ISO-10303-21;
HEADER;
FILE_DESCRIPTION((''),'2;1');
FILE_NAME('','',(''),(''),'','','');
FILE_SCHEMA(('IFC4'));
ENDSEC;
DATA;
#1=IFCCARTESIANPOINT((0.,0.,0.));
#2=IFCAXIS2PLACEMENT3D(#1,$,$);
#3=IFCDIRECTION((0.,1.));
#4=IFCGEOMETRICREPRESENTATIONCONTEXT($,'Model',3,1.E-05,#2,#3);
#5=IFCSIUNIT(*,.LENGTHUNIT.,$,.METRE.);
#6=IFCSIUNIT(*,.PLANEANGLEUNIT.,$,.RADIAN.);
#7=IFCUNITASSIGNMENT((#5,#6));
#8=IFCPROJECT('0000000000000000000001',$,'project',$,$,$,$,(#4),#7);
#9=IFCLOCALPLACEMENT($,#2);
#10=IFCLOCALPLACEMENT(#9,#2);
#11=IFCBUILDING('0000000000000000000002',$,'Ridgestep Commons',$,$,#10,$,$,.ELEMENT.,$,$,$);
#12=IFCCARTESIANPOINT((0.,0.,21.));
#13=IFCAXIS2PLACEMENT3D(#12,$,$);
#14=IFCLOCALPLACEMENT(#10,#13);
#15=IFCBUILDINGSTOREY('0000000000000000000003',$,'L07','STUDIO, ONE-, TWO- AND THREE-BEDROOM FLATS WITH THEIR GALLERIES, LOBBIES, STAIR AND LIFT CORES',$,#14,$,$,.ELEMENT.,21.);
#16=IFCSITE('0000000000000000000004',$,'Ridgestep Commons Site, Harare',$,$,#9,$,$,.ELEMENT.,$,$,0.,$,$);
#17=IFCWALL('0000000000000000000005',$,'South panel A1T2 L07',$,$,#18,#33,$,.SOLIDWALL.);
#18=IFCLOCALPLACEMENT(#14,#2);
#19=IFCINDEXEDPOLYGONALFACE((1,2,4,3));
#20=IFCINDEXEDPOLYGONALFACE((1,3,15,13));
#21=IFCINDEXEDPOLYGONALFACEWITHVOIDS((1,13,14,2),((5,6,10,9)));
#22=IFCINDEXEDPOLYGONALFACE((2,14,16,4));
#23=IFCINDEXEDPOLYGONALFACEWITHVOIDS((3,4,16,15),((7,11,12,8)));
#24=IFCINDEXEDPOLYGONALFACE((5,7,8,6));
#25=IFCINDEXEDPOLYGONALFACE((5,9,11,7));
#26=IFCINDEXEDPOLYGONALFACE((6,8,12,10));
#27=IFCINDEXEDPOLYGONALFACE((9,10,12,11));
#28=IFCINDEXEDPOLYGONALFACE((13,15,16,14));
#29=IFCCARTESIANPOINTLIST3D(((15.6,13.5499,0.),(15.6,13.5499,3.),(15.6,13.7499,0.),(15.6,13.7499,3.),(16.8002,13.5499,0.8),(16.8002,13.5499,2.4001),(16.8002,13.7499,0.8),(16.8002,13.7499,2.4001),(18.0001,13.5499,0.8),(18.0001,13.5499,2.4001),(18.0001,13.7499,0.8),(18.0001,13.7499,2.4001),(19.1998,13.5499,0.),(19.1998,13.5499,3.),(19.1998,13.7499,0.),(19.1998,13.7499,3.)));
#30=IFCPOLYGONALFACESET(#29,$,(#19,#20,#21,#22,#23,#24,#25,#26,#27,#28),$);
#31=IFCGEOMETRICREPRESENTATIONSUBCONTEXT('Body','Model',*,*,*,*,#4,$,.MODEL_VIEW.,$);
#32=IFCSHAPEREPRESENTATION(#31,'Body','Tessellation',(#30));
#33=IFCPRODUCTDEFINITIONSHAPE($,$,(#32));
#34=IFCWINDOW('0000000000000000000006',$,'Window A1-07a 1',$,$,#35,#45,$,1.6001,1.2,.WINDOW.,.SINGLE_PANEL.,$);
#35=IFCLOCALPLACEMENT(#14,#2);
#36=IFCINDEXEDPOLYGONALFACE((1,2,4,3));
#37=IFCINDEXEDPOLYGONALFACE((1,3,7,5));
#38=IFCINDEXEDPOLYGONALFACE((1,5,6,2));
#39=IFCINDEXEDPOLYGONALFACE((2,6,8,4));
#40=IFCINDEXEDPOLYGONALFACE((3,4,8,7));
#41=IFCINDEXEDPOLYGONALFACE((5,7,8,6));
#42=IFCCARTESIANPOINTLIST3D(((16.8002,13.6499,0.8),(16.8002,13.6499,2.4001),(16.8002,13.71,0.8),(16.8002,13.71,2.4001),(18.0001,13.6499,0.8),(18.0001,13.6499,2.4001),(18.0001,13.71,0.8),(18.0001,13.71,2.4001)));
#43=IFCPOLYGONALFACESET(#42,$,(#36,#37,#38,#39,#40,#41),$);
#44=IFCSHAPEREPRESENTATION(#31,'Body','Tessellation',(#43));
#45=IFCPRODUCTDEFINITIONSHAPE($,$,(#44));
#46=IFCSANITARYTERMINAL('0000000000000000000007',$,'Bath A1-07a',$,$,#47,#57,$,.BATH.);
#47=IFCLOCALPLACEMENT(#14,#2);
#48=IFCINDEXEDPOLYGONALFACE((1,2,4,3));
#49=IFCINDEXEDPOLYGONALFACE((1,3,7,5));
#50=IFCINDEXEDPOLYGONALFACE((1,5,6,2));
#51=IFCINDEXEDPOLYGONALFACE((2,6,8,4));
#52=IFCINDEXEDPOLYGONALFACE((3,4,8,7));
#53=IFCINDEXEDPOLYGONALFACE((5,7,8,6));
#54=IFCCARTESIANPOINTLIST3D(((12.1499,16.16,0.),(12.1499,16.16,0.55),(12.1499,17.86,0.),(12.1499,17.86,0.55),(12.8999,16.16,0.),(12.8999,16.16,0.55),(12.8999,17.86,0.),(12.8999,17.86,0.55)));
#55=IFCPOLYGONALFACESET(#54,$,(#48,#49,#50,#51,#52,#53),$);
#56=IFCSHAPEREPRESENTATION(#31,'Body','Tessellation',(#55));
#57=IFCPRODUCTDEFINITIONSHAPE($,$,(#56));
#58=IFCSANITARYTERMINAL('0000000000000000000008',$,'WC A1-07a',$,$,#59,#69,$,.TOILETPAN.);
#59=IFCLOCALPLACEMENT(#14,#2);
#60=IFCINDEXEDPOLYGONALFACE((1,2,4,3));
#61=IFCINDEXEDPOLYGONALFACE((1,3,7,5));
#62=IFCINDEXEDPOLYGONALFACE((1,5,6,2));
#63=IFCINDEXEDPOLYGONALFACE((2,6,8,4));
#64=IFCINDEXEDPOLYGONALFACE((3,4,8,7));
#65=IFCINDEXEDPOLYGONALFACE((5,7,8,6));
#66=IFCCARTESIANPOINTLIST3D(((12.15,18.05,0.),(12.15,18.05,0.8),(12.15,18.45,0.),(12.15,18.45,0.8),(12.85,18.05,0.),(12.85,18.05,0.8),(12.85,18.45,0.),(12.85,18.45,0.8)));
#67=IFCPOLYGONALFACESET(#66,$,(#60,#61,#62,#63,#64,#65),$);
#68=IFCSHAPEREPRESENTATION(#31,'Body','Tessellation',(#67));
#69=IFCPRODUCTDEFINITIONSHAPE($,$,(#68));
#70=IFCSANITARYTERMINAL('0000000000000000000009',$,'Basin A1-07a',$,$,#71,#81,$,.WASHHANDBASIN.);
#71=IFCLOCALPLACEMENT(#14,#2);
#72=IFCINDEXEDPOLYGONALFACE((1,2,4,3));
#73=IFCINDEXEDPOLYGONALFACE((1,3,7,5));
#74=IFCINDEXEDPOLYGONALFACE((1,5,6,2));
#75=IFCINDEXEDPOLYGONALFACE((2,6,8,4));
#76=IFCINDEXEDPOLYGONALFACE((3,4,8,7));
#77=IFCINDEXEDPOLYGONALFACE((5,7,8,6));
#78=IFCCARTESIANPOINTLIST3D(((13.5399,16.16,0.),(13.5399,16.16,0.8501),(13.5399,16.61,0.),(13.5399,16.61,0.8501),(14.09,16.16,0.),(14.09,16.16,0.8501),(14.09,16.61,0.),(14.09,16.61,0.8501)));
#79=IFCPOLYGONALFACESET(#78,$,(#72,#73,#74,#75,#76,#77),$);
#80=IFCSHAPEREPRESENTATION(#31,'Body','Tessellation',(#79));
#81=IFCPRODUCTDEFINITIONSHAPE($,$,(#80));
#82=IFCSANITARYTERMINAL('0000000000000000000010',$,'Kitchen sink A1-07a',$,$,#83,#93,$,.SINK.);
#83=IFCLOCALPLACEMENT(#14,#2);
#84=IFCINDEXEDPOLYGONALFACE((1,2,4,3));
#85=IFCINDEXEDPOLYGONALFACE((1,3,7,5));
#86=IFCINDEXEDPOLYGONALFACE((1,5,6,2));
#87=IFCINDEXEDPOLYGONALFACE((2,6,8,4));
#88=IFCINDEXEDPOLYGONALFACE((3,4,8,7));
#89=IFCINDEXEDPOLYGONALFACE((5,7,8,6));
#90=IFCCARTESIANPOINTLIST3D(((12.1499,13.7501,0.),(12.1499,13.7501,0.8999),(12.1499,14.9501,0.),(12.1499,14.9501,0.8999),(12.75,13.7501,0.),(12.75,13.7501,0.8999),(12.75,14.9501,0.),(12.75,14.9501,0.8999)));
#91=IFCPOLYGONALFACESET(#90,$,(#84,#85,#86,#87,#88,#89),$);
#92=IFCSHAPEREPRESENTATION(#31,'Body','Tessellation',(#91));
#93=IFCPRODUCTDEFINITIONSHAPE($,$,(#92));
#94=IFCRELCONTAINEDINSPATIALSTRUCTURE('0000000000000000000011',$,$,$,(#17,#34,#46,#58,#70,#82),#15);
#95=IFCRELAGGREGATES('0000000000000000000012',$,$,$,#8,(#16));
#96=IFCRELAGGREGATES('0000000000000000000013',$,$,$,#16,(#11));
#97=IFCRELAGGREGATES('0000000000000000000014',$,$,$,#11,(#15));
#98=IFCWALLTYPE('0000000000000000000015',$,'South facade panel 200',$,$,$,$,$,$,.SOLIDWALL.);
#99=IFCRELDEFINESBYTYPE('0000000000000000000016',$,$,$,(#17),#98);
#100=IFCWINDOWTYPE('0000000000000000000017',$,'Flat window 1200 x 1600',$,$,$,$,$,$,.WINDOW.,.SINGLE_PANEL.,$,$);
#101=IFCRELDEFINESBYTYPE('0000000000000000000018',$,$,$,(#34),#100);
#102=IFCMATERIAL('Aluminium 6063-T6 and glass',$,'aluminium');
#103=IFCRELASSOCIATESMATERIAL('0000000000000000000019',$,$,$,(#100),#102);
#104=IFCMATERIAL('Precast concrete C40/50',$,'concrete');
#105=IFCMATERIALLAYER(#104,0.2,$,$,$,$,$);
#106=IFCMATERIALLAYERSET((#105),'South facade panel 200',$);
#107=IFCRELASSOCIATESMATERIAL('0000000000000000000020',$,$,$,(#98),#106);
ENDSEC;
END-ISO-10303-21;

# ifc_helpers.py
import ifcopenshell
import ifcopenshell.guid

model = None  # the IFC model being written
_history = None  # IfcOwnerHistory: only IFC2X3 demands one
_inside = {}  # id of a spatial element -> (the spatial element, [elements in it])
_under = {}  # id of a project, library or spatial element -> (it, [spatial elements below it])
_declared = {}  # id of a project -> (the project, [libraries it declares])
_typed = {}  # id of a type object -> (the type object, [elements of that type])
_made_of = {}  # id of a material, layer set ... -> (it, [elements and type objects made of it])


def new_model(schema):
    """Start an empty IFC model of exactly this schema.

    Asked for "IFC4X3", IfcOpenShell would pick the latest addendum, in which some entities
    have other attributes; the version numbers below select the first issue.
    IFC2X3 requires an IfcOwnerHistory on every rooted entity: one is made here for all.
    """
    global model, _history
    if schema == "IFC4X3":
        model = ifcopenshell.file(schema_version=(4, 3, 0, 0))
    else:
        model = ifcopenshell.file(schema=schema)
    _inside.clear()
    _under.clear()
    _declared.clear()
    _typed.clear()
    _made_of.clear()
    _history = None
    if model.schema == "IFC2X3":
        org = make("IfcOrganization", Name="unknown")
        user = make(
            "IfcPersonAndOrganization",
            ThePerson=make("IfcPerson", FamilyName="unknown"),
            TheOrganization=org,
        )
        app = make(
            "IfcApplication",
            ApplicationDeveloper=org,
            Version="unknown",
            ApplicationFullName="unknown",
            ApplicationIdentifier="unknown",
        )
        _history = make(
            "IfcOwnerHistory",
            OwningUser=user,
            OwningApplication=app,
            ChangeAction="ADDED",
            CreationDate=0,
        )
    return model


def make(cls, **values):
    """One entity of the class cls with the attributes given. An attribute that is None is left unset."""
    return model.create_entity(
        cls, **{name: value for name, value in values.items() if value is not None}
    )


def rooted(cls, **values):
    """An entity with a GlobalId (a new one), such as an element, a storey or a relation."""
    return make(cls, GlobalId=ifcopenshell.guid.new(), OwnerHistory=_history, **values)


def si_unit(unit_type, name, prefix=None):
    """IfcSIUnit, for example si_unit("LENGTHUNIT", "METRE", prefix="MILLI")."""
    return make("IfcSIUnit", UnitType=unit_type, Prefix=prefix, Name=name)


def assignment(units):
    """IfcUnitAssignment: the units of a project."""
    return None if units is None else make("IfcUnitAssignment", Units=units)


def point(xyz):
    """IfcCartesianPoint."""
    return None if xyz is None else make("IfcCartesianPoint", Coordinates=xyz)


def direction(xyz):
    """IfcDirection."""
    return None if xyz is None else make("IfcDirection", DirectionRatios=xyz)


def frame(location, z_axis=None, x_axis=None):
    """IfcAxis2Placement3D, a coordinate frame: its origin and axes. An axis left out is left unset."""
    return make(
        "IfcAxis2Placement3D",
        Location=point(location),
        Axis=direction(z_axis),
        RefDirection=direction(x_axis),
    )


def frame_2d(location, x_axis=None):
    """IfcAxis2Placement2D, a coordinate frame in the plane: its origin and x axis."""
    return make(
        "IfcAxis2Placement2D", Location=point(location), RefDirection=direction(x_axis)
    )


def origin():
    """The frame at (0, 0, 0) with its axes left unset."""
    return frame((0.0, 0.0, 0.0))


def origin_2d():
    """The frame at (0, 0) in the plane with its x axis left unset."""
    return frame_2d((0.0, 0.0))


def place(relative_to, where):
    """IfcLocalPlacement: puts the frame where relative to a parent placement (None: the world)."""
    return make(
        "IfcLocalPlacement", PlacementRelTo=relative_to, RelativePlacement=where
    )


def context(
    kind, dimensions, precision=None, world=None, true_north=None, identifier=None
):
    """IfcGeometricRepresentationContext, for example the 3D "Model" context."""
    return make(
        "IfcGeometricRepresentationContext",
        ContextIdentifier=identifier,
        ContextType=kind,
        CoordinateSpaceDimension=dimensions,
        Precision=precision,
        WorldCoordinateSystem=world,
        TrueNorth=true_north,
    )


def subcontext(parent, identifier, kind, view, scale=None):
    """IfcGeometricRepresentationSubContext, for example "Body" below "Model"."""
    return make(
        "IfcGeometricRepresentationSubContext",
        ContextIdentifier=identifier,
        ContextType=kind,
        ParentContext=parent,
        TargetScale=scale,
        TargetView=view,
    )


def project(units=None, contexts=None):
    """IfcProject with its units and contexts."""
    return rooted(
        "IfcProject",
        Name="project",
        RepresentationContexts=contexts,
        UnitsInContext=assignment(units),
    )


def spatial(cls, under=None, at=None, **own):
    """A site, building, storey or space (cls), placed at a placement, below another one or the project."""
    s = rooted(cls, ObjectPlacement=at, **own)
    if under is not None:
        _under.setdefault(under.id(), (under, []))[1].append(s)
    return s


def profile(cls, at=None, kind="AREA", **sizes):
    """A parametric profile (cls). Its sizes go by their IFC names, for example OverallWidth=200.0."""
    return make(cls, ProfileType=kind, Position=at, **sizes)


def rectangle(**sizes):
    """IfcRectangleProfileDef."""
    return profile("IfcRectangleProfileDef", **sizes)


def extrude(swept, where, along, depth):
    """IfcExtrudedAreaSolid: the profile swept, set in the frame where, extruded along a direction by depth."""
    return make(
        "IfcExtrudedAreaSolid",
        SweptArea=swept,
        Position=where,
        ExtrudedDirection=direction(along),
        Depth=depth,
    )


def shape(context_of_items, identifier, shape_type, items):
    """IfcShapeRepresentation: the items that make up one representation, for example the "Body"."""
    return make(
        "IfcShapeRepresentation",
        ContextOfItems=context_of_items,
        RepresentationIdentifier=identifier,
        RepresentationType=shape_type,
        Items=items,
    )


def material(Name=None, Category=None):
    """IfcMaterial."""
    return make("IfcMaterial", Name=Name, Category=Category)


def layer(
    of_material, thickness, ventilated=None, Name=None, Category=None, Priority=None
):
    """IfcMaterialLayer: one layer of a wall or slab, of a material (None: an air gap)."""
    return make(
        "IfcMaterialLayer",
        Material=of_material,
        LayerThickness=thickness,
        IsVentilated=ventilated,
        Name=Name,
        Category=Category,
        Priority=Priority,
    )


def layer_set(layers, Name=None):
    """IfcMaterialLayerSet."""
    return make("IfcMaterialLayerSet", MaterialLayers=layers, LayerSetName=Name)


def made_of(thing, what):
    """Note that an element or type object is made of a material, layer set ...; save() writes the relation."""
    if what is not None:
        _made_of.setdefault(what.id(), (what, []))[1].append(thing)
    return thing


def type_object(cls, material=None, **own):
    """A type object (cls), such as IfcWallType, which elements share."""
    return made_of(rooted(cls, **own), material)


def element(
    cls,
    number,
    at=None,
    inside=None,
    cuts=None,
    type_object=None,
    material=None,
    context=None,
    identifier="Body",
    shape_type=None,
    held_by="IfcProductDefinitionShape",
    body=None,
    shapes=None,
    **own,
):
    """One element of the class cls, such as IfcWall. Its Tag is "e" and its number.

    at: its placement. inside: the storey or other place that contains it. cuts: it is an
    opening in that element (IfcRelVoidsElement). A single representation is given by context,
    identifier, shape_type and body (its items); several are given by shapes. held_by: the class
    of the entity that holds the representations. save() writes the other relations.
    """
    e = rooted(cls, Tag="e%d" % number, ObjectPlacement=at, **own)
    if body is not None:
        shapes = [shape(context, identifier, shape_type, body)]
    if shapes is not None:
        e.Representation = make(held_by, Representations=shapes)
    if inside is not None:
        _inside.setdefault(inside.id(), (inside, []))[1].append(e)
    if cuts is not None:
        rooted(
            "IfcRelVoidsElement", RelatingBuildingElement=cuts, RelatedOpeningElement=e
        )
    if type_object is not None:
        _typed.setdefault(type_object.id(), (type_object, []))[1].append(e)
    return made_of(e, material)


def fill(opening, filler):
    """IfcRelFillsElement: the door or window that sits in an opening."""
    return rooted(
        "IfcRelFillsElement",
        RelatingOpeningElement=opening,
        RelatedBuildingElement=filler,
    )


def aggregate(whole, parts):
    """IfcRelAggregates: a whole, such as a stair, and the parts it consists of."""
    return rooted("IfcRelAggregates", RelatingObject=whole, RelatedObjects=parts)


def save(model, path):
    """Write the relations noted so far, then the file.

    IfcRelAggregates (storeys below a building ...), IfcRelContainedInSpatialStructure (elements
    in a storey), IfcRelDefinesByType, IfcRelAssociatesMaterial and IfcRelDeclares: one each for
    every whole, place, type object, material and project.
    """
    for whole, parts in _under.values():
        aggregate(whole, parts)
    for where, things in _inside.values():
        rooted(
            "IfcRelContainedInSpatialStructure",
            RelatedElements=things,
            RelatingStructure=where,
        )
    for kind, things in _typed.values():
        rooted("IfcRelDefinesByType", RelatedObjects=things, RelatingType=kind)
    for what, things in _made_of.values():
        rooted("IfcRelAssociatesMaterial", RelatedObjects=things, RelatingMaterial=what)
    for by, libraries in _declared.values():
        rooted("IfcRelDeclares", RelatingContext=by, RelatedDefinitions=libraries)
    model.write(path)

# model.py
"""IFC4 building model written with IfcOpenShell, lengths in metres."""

from ifc_helpers import new_model, si_unit, direction, frame, frame_2d, origin, origin_2d, place, context, subcontext, project, spatial, rectangle, extrude, material, layer, layer_set, type_object, element, fill, save


model = new_model("IFC4")

# Units and contexts
model_context = context("Model", 3, precision=1e-05, world=origin(), true_north=direction((0.0, 1.0)))
body_context = subcontext(model_context, "Body", "Model", "MODEL_VIEW")
ifc_project = project(units=[si_unit("LENGTHUNIT", "METRE"), si_unit("PLANEANGLEUNIT", "RADIAN")], contexts=[model_context])

# Site, building, storey
site_placement = place(None, origin())
site = spatial("IfcSite", under=ifc_project, at=site_placement, Name="Ridgestep Commons Site, Harare", CompositionType="ELEMENT", RefElevation=0.0)
building_placement = place(site_placement, origin())
building = spatial("IfcBuilding", under=site, at=building_placement, Name="Ridgestep Commons", CompositionType="ELEMENT")
storey_placement = place(building_placement, frame((0.0, 0.0, 21.0)))
storey = spatial("IfcBuildingStorey", under=building, at=storey_placement, Name="L07", Description="STUDIO, ONE-, TWO- AND THREE-BEDROOM FLATS WITH THEIR GALLERIES, LOBBIES, STAIR AND LIFT CORES", CompositionType="ELEMENT", Elevation=21.0)

# Shared definitions
ifc_material_1 = material(Name="Aluminium 6063-T6 and glass", Category="aluminium")
window_type_1 = type_object("IfcWindowType", Name="Flat window 1200 x 1600", PartitioningType="SINGLE_PANEL", PredefinedType="WINDOW", material=ifc_material_1)

# Shared definitions
ifc_material_2 = material(Name="Precast concrete C40/50", Category="concrete")
ifc_layer_1 = layer(ifc_material_2, 0.2)
ifc_layer_set_1 = layer_set([ifc_layer_1], Name="South facade panel 200")
wall_type_1 = type_object("IfcWallType", Name="South facade panel 200", PredefinedType="SOLIDWALL", material=ifc_layer_set_1)

# Wall, opening, window
wall_1_placement = place(storey_placement, frame((15.6001, 13.6499, 0.0), z_axis=(0.0, 0.0, 1.0), x_axis=(1.0, 0.0, 0.0)))
wall_1 = element("IfcWall", 1, at=wall_1_placement, inside=storey, type_object=wall_type_1, Name="South panel A1T2 L07", PredefinedType="SOLIDWALL", context=body_context, shape_type="SweptSolid", body=[
    extrude(rectangle(XDim=3.5999, YDim=0.2, at=frame_2d((1.7998, 0.0))), origin(), (0.0, 0.0, 1.0), 3.0),
])
opening_1_placement = place(wall_1_placement, frame((1.2, 0.0, 0.8)))
opening_1 = element("IfcOpeningElement", 2, at=opening_1_placement, cuts=wall_1, PredefinedType="OPENING", context=body_context, shape_type="SweptSolid", body=[
    extrude(rectangle(XDim=1.2, YDim=1.6001, at=frame_2d((0.6001, 0.8))), frame((0.0, 0.1099, 0.0), z_axis=(0.0, -1.0, 0.0), x_axis=(1.0, 0.0, 0.0)), (0.0, 0.0, 1.0), 0.22),
])
window_1_placement = place(opening_1_placement, origin())
window_1 = element("IfcWindow", 3, at=window_1_placement, inside=storey, type_object=window_type_1, Name="Window A1-07a 1", OverallHeight=1.6001, OverallWidth=1.2, PartitioningType="SINGLE_PANEL", PredefinedType="WINDOW", context=body_context, shape_type="SweptSolid", body=[
    extrude(rectangle(XDim=1.2, YDim=1.6001, at=frame_2d((0.6001, 0.8))), frame((0.0, 0.0601, 0.0), z_axis=(0.0, -1.0, 0.0), x_axis=(1.0, 0.0, 0.0)), (0.0, 0.0, 1.0), 0.0601),
])
fill(opening_1, window_1)

# Sanitary terminals
sanitary_terminal_1_placement = place(storey_placement, frame((12.5249, 17.01, 0.0), z_axis=(0.0, 0.0, 1.0), x_axis=(1.0, 0.0, 0.0)))
element("IfcSanitaryTerminal", 4, at=sanitary_terminal_1_placement, inside=storey, Name="Bath A1-07a", PredefinedType="BATH", context=body_context, shape_type="SweptSolid", body=[
    extrude(rectangle(XDim=0.75, YDim=1.7, at=origin_2d()), origin(), (0.0, 0.0, 1.0), 0.55),
])
sanitary_terminal_2_placement = place(storey_placement, frame((12.5, 18.25, 0.0), z_axis=(0.0, 0.0, 1.0), x_axis=(1.0, 0.0, 0.0)))
element("IfcSanitaryTerminal", 5, at=sanitary_terminal_2_placement, inside=storey, Name="WC A1-07a", PredefinedType="TOILETPAN", context=body_context, shape_type="SweptSolid", body=[
    extrude(rectangle(XDim=0.7, YDim=0.3999, at=origin_2d()), origin(), (0.0, 0.0, 1.0), 0.8),
])
sanitary_terminal_3_placement = place(storey_placement, frame((13.8149, 16.385, 0.0), z_axis=(0.0, 0.0, 1.0), x_axis=(1.0, 0.0, 0.0)))
element("IfcSanitaryTerminal", 6, at=sanitary_terminal_3_placement, inside=storey, Name="Basin A1-07a", PredefinedType="WASHHANDBASIN", context=body_context, shape_type="SweptSolid", body=[
    extrude(rectangle(XDim=0.55, YDim=0.45, at=origin_2d()), origin(), (0.0, 0.0, 1.0), 0.8501),
])
sanitary_terminal_4_placement = place(storey_placement, frame((12.45, 14.3501, 0.0), z_axis=(0.0, 0.0, 1.0), x_axis=(1.0, 0.0, 0.0)))
element("IfcSanitaryTerminal", 7, at=sanitary_terminal_4_placement, inside=storey, Name="Kitchen sink A1-07a", PredefinedType="SINK", context=body_context, shape_type="SweptSolid", body=[
    extrude(rectangle(XDim=0.6001, YDim=1.2, at=origin_2d()), origin(), (0.0, 0.0, 1.0), 0.8999),
])

save(model, "model.ifc")
